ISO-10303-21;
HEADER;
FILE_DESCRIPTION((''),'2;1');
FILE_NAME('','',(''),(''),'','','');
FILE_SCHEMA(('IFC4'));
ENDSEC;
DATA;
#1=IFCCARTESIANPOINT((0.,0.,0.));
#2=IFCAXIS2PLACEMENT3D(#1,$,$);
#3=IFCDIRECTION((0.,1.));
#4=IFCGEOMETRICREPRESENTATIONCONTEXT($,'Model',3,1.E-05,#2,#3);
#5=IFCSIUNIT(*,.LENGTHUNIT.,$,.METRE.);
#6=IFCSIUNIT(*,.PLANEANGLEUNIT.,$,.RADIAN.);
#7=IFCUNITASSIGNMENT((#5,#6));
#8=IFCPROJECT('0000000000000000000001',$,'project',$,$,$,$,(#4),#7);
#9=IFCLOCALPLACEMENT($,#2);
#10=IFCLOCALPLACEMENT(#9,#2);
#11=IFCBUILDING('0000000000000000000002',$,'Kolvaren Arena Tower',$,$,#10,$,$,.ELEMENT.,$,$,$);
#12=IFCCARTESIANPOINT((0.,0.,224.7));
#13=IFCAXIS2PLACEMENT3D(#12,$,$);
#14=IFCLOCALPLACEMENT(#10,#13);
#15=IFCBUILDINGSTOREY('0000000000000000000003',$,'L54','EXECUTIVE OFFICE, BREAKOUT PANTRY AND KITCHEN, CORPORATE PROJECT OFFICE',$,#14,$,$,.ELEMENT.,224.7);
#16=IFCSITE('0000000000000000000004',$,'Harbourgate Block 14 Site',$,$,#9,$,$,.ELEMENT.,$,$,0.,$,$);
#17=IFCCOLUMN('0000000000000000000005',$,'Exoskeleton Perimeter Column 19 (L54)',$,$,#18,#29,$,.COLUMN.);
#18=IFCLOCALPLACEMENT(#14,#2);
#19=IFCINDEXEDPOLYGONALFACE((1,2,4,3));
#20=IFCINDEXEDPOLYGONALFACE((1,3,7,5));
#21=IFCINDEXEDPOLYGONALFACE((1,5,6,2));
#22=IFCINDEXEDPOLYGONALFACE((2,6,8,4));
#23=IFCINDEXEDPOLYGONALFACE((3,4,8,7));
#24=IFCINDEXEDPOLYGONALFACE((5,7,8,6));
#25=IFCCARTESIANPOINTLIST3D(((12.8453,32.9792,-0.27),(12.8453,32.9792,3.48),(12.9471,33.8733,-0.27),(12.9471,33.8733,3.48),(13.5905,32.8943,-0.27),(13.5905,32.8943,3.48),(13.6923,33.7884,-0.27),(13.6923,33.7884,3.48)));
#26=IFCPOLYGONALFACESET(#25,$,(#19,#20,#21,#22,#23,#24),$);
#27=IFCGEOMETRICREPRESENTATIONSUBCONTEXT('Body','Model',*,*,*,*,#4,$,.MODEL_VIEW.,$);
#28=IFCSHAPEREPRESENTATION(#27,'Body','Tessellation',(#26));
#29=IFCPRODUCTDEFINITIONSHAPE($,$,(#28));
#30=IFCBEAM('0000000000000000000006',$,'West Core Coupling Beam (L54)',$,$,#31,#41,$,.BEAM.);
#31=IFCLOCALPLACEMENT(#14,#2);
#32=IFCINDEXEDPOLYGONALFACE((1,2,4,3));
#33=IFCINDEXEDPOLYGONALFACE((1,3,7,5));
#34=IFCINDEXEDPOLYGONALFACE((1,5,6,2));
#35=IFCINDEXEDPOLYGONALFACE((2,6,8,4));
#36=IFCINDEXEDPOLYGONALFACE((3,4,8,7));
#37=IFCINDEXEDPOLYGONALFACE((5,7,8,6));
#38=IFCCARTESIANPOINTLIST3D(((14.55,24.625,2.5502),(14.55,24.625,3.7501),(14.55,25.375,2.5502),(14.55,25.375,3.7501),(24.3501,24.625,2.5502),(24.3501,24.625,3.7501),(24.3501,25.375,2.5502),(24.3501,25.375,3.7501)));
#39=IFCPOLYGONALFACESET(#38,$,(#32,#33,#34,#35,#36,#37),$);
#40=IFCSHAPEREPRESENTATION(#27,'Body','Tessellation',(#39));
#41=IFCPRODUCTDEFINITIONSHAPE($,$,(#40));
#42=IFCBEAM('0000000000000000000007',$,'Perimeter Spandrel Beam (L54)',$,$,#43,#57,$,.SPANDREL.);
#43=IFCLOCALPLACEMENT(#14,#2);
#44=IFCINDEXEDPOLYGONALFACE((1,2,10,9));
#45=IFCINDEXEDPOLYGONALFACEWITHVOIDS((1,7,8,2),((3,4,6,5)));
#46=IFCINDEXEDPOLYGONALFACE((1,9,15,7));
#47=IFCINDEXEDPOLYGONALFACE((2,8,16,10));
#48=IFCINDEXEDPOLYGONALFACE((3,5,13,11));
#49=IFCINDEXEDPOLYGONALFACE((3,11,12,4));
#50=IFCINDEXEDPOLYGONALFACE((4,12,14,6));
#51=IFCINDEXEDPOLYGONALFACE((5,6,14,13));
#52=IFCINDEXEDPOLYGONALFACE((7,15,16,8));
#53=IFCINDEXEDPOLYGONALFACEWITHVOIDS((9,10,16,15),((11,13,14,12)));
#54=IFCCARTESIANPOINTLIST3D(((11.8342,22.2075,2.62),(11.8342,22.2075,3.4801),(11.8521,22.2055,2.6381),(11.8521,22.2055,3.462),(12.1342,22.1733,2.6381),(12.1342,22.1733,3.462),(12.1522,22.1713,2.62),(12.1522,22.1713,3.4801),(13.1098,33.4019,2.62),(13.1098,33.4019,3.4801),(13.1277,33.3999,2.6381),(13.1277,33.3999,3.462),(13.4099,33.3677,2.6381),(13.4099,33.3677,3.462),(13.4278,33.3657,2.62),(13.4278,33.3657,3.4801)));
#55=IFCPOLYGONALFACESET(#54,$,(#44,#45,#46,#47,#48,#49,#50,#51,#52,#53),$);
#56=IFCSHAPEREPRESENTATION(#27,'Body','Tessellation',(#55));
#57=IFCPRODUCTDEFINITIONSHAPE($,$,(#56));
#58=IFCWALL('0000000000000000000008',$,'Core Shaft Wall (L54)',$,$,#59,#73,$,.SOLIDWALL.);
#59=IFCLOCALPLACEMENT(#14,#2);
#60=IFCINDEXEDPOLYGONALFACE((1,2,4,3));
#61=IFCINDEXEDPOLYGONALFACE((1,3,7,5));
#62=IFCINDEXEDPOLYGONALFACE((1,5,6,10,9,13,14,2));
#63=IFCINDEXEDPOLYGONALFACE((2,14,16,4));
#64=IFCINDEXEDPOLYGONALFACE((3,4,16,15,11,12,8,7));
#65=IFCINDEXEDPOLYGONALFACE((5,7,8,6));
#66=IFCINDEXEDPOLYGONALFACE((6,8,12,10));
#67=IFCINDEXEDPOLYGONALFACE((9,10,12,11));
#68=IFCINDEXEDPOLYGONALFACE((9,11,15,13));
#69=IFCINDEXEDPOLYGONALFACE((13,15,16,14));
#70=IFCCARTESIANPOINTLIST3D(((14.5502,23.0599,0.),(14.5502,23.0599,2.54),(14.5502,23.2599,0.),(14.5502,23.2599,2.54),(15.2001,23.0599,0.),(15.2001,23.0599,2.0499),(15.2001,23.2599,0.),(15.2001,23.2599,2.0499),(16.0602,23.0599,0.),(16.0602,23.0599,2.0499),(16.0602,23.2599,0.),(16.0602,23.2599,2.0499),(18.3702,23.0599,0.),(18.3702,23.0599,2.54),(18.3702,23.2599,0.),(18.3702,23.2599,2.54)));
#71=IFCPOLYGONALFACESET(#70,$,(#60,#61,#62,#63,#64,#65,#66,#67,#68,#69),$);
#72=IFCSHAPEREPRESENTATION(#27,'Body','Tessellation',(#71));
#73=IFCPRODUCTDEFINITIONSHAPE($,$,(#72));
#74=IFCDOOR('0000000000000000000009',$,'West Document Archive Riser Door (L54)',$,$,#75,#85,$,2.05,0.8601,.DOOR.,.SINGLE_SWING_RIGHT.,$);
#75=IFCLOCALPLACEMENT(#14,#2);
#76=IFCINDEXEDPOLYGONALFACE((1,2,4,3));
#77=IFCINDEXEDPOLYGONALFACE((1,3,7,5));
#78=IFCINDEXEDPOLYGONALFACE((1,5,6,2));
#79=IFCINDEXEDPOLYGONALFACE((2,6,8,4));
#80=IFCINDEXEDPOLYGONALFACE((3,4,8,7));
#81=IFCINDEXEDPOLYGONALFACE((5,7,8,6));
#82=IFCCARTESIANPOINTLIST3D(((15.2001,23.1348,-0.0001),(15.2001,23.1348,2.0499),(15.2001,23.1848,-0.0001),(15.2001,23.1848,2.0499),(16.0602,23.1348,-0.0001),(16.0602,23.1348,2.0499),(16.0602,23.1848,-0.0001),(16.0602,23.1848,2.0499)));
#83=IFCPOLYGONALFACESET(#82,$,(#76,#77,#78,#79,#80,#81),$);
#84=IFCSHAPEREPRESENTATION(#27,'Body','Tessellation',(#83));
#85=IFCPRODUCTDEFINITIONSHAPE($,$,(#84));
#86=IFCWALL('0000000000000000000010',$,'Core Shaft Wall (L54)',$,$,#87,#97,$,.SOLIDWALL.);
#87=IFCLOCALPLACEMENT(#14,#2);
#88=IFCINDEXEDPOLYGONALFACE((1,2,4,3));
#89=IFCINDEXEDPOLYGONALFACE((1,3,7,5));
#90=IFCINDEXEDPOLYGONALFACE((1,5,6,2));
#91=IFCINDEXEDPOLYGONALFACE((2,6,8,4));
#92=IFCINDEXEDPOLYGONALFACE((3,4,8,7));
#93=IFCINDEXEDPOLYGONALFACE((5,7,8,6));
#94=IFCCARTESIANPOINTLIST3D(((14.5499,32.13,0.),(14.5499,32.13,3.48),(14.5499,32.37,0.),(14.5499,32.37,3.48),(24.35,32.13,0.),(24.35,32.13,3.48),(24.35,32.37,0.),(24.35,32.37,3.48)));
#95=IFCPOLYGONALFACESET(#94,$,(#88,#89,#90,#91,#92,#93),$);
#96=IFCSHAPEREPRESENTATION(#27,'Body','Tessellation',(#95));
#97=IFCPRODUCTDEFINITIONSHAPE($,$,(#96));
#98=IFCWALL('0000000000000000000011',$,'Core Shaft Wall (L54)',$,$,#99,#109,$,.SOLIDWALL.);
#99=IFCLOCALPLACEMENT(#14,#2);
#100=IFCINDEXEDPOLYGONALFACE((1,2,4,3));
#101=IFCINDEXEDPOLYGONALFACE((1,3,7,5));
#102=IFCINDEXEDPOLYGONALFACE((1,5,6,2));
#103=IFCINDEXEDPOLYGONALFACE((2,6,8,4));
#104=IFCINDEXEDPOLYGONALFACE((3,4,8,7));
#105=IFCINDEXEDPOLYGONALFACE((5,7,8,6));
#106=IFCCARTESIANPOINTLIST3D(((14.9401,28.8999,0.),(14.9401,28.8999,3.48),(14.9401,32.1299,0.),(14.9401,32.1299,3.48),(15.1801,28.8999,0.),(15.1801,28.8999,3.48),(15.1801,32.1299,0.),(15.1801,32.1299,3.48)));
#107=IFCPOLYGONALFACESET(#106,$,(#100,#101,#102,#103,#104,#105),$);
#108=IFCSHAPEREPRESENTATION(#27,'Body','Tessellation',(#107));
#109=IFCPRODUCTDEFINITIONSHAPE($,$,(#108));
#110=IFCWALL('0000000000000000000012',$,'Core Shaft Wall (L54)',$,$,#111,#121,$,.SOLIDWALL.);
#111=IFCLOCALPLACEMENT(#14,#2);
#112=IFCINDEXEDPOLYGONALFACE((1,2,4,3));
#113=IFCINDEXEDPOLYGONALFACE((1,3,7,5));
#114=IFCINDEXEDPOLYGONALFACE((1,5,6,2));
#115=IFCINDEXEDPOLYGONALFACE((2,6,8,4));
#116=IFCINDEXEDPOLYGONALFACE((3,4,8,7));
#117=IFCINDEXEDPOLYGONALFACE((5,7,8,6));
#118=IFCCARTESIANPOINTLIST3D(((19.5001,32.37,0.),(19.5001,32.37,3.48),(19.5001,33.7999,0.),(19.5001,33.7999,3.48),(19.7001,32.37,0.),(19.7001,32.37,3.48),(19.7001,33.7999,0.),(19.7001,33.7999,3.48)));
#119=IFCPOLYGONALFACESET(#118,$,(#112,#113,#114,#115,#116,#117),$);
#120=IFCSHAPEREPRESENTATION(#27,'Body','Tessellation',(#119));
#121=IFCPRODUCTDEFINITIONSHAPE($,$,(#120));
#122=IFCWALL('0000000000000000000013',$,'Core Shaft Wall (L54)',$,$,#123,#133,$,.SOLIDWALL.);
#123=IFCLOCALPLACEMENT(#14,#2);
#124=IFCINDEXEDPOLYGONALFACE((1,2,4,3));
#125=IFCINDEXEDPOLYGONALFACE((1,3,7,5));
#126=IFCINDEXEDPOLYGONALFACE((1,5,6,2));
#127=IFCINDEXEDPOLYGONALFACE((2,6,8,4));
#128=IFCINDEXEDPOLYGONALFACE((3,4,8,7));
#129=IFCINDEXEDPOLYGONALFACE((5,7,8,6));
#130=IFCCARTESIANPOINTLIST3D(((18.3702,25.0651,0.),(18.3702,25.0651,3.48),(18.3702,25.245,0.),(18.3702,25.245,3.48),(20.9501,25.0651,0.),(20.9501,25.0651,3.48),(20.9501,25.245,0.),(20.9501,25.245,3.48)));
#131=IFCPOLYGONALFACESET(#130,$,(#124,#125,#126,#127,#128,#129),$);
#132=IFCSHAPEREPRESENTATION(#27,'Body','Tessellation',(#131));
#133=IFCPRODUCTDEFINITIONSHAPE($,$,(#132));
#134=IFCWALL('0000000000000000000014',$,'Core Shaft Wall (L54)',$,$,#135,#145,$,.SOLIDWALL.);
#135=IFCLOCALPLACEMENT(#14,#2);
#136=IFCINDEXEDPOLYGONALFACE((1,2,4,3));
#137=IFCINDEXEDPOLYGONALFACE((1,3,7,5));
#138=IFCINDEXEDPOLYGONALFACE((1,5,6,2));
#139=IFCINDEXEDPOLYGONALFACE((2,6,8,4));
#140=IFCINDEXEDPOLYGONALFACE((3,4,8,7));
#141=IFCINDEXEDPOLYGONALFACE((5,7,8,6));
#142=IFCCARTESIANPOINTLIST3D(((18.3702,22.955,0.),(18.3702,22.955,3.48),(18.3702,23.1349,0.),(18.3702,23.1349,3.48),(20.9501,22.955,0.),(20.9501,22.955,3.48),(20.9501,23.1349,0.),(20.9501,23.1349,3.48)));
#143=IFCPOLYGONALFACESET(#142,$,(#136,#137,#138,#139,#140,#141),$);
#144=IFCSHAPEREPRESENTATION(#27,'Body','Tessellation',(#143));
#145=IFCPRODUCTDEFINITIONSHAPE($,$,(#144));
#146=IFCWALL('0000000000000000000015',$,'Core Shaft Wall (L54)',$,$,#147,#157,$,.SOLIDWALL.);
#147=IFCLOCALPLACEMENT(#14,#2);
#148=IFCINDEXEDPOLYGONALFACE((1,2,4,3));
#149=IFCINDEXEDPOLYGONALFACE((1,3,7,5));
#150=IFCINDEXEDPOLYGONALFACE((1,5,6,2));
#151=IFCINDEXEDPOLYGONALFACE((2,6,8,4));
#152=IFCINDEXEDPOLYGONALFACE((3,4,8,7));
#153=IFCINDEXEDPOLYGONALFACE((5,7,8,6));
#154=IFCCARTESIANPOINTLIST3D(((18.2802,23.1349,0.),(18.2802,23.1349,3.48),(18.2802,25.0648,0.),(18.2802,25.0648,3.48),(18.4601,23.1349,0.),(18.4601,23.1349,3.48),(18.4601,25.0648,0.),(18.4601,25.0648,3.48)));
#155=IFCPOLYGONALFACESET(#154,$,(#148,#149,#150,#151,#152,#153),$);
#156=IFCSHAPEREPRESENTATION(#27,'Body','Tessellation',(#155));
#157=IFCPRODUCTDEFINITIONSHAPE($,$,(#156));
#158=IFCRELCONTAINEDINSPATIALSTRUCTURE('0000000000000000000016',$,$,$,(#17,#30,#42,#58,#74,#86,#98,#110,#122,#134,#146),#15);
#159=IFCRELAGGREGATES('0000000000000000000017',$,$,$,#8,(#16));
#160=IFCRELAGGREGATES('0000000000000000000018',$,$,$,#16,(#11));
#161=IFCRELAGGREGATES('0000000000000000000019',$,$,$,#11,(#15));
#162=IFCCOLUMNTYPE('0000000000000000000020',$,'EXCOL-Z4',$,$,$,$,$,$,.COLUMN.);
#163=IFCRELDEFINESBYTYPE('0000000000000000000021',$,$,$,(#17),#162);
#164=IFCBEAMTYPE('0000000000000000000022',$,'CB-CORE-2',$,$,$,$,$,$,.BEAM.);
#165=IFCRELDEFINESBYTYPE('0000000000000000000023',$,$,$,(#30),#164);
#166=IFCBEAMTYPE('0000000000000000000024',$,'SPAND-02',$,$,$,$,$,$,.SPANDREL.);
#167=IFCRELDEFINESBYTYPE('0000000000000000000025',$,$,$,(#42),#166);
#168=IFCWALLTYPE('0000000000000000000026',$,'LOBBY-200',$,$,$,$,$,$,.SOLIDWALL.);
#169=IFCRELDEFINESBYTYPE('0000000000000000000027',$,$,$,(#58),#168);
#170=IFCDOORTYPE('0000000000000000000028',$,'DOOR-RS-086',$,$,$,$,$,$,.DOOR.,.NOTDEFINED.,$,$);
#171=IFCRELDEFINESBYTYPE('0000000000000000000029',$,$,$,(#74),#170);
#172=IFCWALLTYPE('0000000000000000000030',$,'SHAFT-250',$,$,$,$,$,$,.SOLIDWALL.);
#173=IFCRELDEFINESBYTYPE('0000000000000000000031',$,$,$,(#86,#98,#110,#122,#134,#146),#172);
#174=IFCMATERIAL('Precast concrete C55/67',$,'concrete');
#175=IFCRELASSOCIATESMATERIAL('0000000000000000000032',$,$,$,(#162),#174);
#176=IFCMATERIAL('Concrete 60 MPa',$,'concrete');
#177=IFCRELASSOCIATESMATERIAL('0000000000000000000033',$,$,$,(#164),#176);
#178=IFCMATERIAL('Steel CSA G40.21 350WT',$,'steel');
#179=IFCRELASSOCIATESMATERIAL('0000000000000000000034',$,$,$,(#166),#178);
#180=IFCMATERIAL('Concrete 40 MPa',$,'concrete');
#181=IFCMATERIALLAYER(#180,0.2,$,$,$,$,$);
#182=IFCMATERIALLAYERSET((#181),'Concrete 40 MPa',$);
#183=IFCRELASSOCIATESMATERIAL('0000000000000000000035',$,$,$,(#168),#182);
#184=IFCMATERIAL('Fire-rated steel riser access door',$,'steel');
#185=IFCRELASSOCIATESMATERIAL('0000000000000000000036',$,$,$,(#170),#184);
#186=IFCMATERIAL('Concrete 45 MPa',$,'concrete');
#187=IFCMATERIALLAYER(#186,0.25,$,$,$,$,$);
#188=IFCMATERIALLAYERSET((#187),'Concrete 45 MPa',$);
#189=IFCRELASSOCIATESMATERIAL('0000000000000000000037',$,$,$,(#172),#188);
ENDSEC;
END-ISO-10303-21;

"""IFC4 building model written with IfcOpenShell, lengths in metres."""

from ifc_helpers import new_model, si_unit, direction, frame, frame_2d, origin, origin_2d, place, context, subcontext, project, spatial, rectangle, hollow_rectangle, extrude, material, layer, layer_set, material_profile, profile_set, type_object, element, fill, save


model = new_model("IFC4")

# Units and contexts
model_context = context("Model", 3, precision=1e-05, world=origin(), true_north=direction((0.0, 1.0)))
body_context = subcontext(model_context, "Body", "Model", "MODEL_VIEW")
ifc_project = project(units=[si_unit("LENGTHUNIT", "METRE"), si_unit("PLANEANGLEUNIT", "RADIAN")], contexts=[model_context])

# Site, building, storey
site_placement = place(None, origin())
site = spatial("IfcSite", under=ifc_project, at=site_placement, Name="Harbourgate Block 14 Site", CompositionType="ELEMENT", RefElevation=0.0)
building_placement = place(site_placement, origin())
building = spatial("IfcBuilding", under=site, at=building_placement, Name="Kolvaren Arena Tower", CompositionType="ELEMENT")
storey_placement = place(building_placement, frame((0.0, 0.0, 224.7)))
storey = spatial("IfcBuildingStorey", under=building, at=storey_placement, Name="L54", Description="EXECUTIVE OFFICE, BREAKOUT PANTRY AND KITCHEN, CORPORATE PROJECT OFFICE", CompositionType="ELEMENT", Elevation=224.7)

# Column
ifc_material_1 = material(Name="Precast concrete C55/67", Category="concrete")
ifc_material_profile_1 = material_profile(ifc_material_1, rectangle(XDim=0.8999, YDim=0.75, at=origin_2d()), Name="RC-900x750")
ifc_profile_set_1 = profile_set([ifc_material_profile_1], Name="Precast concrete C55/67")
column_type = type_object("IfcColumnType", Name="EXCOL-Z4", PredefinedType="COLUMN", material=ifc_profile_set_1)
column_placement = place(storey_placement, frame((13.2688, 33.3838, -0.27), z_axis=(0.0, 0.0, 1.0), x_axis=(0.113203, 0.993572, 0.0)))
element("IfcColumn", 1, at=column_placement, inside=storey, type_object=column_type, Name="Exoskeleton Perimeter Column 19 (L54)", PredefinedType="COLUMN", context=body_context, shape_type="SweptSolid", body=[
    extrude(rectangle(XDim=0.8999, YDim=0.75, at=origin_2d()), origin(), (0.0, 0.0, 1.0), 3.75),
])

# Beams
ifc_material_2 = material(Name="Concrete 60 MPa", Category="concrete")
ifc_material_profile_2 = material_profile(ifc_material_2, rectangle(XDim=0.75, YDim=1.2, at=origin_2d()), Name="RC-750x1200")
ifc_profile_set_2 = profile_set([ifc_material_profile_2], Name="Concrete 60 MPa")
beam_type_1 = type_object("IfcBeamType", Name="CB-CORE-2", PredefinedType="BEAM", material=ifc_profile_set_2)
beam_1_placement = place(storey_placement, frame((14.55, 25.0, 3.1501), z_axis=(1.0, 0.0, 0.0), x_axis=(0.0, 1.0, 0.0)))
element("IfcBeam", 2, at=beam_1_placement, inside=storey, type_object=beam_type_1, Name="West Core Coupling Beam (L54)", PredefinedType="BEAM", context=body_context, shape_type="SweptSolid", body=[
    extrude(rectangle(XDim=0.75, YDim=1.2, at=origin_2d()), origin(), (0.0, 0.0, 1.0), 9.8),
])
ifc_material_3 = material(Name="Steel CSA G40.21 350WT", Category="steel")
ifc_material_profile_3 = material_profile(ifc_material_3, hollow_rectangle(XDim=0.3201, YDim=0.8601, WallThickness=0.0181, at=origin_2d()), Name="HSS 860x320x18")
ifc_profile_set_3 = profile_set([ifc_material_profile_3], Name="Steel CSA G40.21 350WT")
beam_type_2 = type_object("IfcBeamType", Name="SPAND-02", PredefinedType="SPANDREL", material=ifc_profile_set_3)
beam_2_placement = place(storey_placement, frame((13.2688, 33.3838, 3.05), z_axis=(-0.113221, -0.99357, 0.0), x_axis=(0.99357, -0.113221, 0.0)))
element("IfcBeam", 3, at=beam_2_placement, inside=storey, type_object=beam_type_2, Name="Perimeter Spandrel Beam (L54)", PredefinedType="SPANDREL", context=body_context, shape_type="SweptSolid", body=[
    extrude(hollow_rectangle(XDim=0.3201, YDim=0.8601, WallThickness=0.0181, at=origin_2d()), origin(), (0.0, 0.0, 1.0), 11.2668),
])

# Wall, opening, door
ifc_material_4 = material(Name="Concrete 40 MPa", Category="concrete")
ifc_layer_1 = layer(ifc_material_4, 0.2)
ifc_layer_set_1 = layer_set([ifc_layer_1], Name="Concrete 40 MPa")
wall_type_1 = type_object("IfcWallType", Name="LOBBY-200", PredefinedType="SOLIDWALL", material=ifc_layer_set_1)
wall_1_placement = place(storey_placement, frame((14.55, 23.1599, 0.0), z_axis=(0.0, 0.0, 1.0), x_axis=(1.0, 0.0, 0.0)))
wall_1 = element("IfcWall", 4, at=wall_1_placement, inside=storey, type_object=wall_type_1, Name="Core Shaft Wall (L54)", PredefinedType="SOLIDWALL", context=body_context, shape_type="SweptSolid", body=[
    extrude(rectangle(XDim=3.8201, YDim=0.2, at=frame_2d((1.9102, 0.0))), origin(), (0.0, 0.0, 1.0), 2.54),
])
opening_1_placement = place(wall_1_placement, frame((0.6499, 0.0, 0.0)))
opening_1 = element("IfcOpeningElement", 5, at=opening_1_placement, cuts=wall_1, PredefinedType="OPENING", context=body_context, shape_type="SweptSolid", body=[
    extrude(rectangle(XDim=0.8601, YDim=2.05, at=frame_2d((0.4302, 1.0249))), frame((0.0, 0.1099, 0.0), z_axis=(0.0, -1.0, 0.0), x_axis=(1.0, 0.0, 0.0)), (0.0, 0.0, 1.0), 0.22),
])
ifc_material_5 = material(Name="Fire-rated steel riser access door", Category="steel")
door_type_1 = type_object("IfcDoorType", Name="DOOR-RS-086", OperationType="NOTDEFINED", PredefinedType="DOOR", material=ifc_material_5)
door_1_placement = place(opening_1_placement, origin())
door_1 = element("IfcDoor", 6, at=door_1_placement, inside=storey, type_object=door_type_1, Name="West Document Archive Riser Door (L54)", OperationType="SINGLE_SWING_RIGHT", OverallHeight=2.05, OverallWidth=0.8601, PredefinedType="DOOR", context=body_context, shape_type="SweptSolid", body=[
    extrude(rectangle(XDim=0.8601, YDim=2.05, at=frame_2d((0.4302, 1.0249))), frame((0.0, 0.0249, 0.0), z_axis=(0.0, -1.0, 0.0), x_axis=(1.0, 0.0, 0.0)), (0.0, 0.0, 1.0), 0.05),
])
fill(opening_1, door_1)

# Walls
ifc_material_6 = material(Name="Concrete 45 MPa", Category="concrete")
ifc_layer_2 = layer(ifc_material_6, 0.25)
ifc_layer_set_2 = layer_set([ifc_layer_2], Name="Concrete 45 MPa")
wall_type_2 = type_object("IfcWallType", Name="SHAFT-250", PredefinedType="SOLIDWALL", material=ifc_layer_set_2)
wall_2_placement = place(storey_placement, frame((14.55, 32.25, 0.0), z_axis=(0.0, 0.0, 1.0), x_axis=(1.0, 0.0, 0.0)))
element("IfcWall", 7, at=wall_2_placement, inside=storey, type_object=wall_type_2, Name="Core Shaft Wall (L54)", PredefinedType="SOLIDWALL", context=body_context, shape_type="SweptSolid", body=[
    extrude(rectangle(XDim=9.8, YDim=0.24, at=frame_2d((4.8999, 0.0))), origin(), (0.0, 0.0, 1.0), 3.48),
])
wall_3_placement = place(storey_placement, frame((15.0601, 28.8999, 0.0), z_axis=(0.0, 0.0, 1.0), x_axis=(0.0, 1.0, 0.0)))
element("IfcWall", 8, at=wall_3_placement, inside=storey, type_object=wall_type_2, Name="Core Shaft Wall (L54)", PredefinedType="SOLIDWALL", context=body_context, shape_type="SweptSolid", body=[
    extrude(rectangle(XDim=3.23, YDim=0.24, at=frame_2d((1.615, 0.0))), origin(), (0.0, 0.0, 1.0), 3.48),
])
wall_4_placement = place(storey_placement, frame((19.6001, 32.3701, 0.0), z_axis=(0.0, 0.0, 1.0), x_axis=(0.0, 1.0, 0.0)))
element("IfcWall", 9, at=wall_4_placement, inside=storey, type_object=wall_type_2, Name="Core Shaft Wall (L54)", PredefinedType="SOLIDWALL", context=body_context, shape_type="SweptSolid", body=[
    extrude(rectangle(XDim=1.4299, YDim=0.2, at=frame_2d((0.7148, 0.0))), origin(), (0.0, 0.0, 1.0), 3.48),
])
for number, where, z_axis, x_axis, name in (
    (10, (18.3701, 25.155, 0.0), (0.0, 0.0, 1.0), (1.0, 0.0, 0.0), "Core Shaft Wall (L54)"),
    (11, (18.3701, 23.0449, 0.0), (0.0, 0.0, 1.0), (1.0, 0.0, 0.0), "Core Shaft Wall (L54)"),
):
    element("IfcWall", number, at=place(storey_placement, frame(where, z_axis=z_axis, x_axis=x_axis)), inside=storey, type_object=wall_type_2, Name=name, PredefinedType="SOLIDWALL", context=body_context, shape_type="SweptSolid", body=[
        extrude(rectangle(XDim=2.5798, YDim=0.1799, at=frame_2d((1.29, 0.0))), origin(), (0.0, 0.0, 1.0), 3.48),
    ])
wall_5_placement = place(storey_placement, frame((18.3701, 23.135, 0.0), z_axis=(0.0, 0.0, 1.0), x_axis=(0.0, 1.0, 0.0)))
element("IfcWall", 12, at=wall_5_placement, inside=storey, type_object=wall_type_2, Name="Core Shaft Wall (L54)", PredefinedType="SOLIDWALL", context=body_context, shape_type="SweptSolid", body=[
    extrude(rectangle(XDim=1.9299, YDim=0.1799, at=frame_2d((0.9648, 0.0))), origin(), (0.0, 0.0, 1.0), 3.48),
])

save(model, "model.ifc")
